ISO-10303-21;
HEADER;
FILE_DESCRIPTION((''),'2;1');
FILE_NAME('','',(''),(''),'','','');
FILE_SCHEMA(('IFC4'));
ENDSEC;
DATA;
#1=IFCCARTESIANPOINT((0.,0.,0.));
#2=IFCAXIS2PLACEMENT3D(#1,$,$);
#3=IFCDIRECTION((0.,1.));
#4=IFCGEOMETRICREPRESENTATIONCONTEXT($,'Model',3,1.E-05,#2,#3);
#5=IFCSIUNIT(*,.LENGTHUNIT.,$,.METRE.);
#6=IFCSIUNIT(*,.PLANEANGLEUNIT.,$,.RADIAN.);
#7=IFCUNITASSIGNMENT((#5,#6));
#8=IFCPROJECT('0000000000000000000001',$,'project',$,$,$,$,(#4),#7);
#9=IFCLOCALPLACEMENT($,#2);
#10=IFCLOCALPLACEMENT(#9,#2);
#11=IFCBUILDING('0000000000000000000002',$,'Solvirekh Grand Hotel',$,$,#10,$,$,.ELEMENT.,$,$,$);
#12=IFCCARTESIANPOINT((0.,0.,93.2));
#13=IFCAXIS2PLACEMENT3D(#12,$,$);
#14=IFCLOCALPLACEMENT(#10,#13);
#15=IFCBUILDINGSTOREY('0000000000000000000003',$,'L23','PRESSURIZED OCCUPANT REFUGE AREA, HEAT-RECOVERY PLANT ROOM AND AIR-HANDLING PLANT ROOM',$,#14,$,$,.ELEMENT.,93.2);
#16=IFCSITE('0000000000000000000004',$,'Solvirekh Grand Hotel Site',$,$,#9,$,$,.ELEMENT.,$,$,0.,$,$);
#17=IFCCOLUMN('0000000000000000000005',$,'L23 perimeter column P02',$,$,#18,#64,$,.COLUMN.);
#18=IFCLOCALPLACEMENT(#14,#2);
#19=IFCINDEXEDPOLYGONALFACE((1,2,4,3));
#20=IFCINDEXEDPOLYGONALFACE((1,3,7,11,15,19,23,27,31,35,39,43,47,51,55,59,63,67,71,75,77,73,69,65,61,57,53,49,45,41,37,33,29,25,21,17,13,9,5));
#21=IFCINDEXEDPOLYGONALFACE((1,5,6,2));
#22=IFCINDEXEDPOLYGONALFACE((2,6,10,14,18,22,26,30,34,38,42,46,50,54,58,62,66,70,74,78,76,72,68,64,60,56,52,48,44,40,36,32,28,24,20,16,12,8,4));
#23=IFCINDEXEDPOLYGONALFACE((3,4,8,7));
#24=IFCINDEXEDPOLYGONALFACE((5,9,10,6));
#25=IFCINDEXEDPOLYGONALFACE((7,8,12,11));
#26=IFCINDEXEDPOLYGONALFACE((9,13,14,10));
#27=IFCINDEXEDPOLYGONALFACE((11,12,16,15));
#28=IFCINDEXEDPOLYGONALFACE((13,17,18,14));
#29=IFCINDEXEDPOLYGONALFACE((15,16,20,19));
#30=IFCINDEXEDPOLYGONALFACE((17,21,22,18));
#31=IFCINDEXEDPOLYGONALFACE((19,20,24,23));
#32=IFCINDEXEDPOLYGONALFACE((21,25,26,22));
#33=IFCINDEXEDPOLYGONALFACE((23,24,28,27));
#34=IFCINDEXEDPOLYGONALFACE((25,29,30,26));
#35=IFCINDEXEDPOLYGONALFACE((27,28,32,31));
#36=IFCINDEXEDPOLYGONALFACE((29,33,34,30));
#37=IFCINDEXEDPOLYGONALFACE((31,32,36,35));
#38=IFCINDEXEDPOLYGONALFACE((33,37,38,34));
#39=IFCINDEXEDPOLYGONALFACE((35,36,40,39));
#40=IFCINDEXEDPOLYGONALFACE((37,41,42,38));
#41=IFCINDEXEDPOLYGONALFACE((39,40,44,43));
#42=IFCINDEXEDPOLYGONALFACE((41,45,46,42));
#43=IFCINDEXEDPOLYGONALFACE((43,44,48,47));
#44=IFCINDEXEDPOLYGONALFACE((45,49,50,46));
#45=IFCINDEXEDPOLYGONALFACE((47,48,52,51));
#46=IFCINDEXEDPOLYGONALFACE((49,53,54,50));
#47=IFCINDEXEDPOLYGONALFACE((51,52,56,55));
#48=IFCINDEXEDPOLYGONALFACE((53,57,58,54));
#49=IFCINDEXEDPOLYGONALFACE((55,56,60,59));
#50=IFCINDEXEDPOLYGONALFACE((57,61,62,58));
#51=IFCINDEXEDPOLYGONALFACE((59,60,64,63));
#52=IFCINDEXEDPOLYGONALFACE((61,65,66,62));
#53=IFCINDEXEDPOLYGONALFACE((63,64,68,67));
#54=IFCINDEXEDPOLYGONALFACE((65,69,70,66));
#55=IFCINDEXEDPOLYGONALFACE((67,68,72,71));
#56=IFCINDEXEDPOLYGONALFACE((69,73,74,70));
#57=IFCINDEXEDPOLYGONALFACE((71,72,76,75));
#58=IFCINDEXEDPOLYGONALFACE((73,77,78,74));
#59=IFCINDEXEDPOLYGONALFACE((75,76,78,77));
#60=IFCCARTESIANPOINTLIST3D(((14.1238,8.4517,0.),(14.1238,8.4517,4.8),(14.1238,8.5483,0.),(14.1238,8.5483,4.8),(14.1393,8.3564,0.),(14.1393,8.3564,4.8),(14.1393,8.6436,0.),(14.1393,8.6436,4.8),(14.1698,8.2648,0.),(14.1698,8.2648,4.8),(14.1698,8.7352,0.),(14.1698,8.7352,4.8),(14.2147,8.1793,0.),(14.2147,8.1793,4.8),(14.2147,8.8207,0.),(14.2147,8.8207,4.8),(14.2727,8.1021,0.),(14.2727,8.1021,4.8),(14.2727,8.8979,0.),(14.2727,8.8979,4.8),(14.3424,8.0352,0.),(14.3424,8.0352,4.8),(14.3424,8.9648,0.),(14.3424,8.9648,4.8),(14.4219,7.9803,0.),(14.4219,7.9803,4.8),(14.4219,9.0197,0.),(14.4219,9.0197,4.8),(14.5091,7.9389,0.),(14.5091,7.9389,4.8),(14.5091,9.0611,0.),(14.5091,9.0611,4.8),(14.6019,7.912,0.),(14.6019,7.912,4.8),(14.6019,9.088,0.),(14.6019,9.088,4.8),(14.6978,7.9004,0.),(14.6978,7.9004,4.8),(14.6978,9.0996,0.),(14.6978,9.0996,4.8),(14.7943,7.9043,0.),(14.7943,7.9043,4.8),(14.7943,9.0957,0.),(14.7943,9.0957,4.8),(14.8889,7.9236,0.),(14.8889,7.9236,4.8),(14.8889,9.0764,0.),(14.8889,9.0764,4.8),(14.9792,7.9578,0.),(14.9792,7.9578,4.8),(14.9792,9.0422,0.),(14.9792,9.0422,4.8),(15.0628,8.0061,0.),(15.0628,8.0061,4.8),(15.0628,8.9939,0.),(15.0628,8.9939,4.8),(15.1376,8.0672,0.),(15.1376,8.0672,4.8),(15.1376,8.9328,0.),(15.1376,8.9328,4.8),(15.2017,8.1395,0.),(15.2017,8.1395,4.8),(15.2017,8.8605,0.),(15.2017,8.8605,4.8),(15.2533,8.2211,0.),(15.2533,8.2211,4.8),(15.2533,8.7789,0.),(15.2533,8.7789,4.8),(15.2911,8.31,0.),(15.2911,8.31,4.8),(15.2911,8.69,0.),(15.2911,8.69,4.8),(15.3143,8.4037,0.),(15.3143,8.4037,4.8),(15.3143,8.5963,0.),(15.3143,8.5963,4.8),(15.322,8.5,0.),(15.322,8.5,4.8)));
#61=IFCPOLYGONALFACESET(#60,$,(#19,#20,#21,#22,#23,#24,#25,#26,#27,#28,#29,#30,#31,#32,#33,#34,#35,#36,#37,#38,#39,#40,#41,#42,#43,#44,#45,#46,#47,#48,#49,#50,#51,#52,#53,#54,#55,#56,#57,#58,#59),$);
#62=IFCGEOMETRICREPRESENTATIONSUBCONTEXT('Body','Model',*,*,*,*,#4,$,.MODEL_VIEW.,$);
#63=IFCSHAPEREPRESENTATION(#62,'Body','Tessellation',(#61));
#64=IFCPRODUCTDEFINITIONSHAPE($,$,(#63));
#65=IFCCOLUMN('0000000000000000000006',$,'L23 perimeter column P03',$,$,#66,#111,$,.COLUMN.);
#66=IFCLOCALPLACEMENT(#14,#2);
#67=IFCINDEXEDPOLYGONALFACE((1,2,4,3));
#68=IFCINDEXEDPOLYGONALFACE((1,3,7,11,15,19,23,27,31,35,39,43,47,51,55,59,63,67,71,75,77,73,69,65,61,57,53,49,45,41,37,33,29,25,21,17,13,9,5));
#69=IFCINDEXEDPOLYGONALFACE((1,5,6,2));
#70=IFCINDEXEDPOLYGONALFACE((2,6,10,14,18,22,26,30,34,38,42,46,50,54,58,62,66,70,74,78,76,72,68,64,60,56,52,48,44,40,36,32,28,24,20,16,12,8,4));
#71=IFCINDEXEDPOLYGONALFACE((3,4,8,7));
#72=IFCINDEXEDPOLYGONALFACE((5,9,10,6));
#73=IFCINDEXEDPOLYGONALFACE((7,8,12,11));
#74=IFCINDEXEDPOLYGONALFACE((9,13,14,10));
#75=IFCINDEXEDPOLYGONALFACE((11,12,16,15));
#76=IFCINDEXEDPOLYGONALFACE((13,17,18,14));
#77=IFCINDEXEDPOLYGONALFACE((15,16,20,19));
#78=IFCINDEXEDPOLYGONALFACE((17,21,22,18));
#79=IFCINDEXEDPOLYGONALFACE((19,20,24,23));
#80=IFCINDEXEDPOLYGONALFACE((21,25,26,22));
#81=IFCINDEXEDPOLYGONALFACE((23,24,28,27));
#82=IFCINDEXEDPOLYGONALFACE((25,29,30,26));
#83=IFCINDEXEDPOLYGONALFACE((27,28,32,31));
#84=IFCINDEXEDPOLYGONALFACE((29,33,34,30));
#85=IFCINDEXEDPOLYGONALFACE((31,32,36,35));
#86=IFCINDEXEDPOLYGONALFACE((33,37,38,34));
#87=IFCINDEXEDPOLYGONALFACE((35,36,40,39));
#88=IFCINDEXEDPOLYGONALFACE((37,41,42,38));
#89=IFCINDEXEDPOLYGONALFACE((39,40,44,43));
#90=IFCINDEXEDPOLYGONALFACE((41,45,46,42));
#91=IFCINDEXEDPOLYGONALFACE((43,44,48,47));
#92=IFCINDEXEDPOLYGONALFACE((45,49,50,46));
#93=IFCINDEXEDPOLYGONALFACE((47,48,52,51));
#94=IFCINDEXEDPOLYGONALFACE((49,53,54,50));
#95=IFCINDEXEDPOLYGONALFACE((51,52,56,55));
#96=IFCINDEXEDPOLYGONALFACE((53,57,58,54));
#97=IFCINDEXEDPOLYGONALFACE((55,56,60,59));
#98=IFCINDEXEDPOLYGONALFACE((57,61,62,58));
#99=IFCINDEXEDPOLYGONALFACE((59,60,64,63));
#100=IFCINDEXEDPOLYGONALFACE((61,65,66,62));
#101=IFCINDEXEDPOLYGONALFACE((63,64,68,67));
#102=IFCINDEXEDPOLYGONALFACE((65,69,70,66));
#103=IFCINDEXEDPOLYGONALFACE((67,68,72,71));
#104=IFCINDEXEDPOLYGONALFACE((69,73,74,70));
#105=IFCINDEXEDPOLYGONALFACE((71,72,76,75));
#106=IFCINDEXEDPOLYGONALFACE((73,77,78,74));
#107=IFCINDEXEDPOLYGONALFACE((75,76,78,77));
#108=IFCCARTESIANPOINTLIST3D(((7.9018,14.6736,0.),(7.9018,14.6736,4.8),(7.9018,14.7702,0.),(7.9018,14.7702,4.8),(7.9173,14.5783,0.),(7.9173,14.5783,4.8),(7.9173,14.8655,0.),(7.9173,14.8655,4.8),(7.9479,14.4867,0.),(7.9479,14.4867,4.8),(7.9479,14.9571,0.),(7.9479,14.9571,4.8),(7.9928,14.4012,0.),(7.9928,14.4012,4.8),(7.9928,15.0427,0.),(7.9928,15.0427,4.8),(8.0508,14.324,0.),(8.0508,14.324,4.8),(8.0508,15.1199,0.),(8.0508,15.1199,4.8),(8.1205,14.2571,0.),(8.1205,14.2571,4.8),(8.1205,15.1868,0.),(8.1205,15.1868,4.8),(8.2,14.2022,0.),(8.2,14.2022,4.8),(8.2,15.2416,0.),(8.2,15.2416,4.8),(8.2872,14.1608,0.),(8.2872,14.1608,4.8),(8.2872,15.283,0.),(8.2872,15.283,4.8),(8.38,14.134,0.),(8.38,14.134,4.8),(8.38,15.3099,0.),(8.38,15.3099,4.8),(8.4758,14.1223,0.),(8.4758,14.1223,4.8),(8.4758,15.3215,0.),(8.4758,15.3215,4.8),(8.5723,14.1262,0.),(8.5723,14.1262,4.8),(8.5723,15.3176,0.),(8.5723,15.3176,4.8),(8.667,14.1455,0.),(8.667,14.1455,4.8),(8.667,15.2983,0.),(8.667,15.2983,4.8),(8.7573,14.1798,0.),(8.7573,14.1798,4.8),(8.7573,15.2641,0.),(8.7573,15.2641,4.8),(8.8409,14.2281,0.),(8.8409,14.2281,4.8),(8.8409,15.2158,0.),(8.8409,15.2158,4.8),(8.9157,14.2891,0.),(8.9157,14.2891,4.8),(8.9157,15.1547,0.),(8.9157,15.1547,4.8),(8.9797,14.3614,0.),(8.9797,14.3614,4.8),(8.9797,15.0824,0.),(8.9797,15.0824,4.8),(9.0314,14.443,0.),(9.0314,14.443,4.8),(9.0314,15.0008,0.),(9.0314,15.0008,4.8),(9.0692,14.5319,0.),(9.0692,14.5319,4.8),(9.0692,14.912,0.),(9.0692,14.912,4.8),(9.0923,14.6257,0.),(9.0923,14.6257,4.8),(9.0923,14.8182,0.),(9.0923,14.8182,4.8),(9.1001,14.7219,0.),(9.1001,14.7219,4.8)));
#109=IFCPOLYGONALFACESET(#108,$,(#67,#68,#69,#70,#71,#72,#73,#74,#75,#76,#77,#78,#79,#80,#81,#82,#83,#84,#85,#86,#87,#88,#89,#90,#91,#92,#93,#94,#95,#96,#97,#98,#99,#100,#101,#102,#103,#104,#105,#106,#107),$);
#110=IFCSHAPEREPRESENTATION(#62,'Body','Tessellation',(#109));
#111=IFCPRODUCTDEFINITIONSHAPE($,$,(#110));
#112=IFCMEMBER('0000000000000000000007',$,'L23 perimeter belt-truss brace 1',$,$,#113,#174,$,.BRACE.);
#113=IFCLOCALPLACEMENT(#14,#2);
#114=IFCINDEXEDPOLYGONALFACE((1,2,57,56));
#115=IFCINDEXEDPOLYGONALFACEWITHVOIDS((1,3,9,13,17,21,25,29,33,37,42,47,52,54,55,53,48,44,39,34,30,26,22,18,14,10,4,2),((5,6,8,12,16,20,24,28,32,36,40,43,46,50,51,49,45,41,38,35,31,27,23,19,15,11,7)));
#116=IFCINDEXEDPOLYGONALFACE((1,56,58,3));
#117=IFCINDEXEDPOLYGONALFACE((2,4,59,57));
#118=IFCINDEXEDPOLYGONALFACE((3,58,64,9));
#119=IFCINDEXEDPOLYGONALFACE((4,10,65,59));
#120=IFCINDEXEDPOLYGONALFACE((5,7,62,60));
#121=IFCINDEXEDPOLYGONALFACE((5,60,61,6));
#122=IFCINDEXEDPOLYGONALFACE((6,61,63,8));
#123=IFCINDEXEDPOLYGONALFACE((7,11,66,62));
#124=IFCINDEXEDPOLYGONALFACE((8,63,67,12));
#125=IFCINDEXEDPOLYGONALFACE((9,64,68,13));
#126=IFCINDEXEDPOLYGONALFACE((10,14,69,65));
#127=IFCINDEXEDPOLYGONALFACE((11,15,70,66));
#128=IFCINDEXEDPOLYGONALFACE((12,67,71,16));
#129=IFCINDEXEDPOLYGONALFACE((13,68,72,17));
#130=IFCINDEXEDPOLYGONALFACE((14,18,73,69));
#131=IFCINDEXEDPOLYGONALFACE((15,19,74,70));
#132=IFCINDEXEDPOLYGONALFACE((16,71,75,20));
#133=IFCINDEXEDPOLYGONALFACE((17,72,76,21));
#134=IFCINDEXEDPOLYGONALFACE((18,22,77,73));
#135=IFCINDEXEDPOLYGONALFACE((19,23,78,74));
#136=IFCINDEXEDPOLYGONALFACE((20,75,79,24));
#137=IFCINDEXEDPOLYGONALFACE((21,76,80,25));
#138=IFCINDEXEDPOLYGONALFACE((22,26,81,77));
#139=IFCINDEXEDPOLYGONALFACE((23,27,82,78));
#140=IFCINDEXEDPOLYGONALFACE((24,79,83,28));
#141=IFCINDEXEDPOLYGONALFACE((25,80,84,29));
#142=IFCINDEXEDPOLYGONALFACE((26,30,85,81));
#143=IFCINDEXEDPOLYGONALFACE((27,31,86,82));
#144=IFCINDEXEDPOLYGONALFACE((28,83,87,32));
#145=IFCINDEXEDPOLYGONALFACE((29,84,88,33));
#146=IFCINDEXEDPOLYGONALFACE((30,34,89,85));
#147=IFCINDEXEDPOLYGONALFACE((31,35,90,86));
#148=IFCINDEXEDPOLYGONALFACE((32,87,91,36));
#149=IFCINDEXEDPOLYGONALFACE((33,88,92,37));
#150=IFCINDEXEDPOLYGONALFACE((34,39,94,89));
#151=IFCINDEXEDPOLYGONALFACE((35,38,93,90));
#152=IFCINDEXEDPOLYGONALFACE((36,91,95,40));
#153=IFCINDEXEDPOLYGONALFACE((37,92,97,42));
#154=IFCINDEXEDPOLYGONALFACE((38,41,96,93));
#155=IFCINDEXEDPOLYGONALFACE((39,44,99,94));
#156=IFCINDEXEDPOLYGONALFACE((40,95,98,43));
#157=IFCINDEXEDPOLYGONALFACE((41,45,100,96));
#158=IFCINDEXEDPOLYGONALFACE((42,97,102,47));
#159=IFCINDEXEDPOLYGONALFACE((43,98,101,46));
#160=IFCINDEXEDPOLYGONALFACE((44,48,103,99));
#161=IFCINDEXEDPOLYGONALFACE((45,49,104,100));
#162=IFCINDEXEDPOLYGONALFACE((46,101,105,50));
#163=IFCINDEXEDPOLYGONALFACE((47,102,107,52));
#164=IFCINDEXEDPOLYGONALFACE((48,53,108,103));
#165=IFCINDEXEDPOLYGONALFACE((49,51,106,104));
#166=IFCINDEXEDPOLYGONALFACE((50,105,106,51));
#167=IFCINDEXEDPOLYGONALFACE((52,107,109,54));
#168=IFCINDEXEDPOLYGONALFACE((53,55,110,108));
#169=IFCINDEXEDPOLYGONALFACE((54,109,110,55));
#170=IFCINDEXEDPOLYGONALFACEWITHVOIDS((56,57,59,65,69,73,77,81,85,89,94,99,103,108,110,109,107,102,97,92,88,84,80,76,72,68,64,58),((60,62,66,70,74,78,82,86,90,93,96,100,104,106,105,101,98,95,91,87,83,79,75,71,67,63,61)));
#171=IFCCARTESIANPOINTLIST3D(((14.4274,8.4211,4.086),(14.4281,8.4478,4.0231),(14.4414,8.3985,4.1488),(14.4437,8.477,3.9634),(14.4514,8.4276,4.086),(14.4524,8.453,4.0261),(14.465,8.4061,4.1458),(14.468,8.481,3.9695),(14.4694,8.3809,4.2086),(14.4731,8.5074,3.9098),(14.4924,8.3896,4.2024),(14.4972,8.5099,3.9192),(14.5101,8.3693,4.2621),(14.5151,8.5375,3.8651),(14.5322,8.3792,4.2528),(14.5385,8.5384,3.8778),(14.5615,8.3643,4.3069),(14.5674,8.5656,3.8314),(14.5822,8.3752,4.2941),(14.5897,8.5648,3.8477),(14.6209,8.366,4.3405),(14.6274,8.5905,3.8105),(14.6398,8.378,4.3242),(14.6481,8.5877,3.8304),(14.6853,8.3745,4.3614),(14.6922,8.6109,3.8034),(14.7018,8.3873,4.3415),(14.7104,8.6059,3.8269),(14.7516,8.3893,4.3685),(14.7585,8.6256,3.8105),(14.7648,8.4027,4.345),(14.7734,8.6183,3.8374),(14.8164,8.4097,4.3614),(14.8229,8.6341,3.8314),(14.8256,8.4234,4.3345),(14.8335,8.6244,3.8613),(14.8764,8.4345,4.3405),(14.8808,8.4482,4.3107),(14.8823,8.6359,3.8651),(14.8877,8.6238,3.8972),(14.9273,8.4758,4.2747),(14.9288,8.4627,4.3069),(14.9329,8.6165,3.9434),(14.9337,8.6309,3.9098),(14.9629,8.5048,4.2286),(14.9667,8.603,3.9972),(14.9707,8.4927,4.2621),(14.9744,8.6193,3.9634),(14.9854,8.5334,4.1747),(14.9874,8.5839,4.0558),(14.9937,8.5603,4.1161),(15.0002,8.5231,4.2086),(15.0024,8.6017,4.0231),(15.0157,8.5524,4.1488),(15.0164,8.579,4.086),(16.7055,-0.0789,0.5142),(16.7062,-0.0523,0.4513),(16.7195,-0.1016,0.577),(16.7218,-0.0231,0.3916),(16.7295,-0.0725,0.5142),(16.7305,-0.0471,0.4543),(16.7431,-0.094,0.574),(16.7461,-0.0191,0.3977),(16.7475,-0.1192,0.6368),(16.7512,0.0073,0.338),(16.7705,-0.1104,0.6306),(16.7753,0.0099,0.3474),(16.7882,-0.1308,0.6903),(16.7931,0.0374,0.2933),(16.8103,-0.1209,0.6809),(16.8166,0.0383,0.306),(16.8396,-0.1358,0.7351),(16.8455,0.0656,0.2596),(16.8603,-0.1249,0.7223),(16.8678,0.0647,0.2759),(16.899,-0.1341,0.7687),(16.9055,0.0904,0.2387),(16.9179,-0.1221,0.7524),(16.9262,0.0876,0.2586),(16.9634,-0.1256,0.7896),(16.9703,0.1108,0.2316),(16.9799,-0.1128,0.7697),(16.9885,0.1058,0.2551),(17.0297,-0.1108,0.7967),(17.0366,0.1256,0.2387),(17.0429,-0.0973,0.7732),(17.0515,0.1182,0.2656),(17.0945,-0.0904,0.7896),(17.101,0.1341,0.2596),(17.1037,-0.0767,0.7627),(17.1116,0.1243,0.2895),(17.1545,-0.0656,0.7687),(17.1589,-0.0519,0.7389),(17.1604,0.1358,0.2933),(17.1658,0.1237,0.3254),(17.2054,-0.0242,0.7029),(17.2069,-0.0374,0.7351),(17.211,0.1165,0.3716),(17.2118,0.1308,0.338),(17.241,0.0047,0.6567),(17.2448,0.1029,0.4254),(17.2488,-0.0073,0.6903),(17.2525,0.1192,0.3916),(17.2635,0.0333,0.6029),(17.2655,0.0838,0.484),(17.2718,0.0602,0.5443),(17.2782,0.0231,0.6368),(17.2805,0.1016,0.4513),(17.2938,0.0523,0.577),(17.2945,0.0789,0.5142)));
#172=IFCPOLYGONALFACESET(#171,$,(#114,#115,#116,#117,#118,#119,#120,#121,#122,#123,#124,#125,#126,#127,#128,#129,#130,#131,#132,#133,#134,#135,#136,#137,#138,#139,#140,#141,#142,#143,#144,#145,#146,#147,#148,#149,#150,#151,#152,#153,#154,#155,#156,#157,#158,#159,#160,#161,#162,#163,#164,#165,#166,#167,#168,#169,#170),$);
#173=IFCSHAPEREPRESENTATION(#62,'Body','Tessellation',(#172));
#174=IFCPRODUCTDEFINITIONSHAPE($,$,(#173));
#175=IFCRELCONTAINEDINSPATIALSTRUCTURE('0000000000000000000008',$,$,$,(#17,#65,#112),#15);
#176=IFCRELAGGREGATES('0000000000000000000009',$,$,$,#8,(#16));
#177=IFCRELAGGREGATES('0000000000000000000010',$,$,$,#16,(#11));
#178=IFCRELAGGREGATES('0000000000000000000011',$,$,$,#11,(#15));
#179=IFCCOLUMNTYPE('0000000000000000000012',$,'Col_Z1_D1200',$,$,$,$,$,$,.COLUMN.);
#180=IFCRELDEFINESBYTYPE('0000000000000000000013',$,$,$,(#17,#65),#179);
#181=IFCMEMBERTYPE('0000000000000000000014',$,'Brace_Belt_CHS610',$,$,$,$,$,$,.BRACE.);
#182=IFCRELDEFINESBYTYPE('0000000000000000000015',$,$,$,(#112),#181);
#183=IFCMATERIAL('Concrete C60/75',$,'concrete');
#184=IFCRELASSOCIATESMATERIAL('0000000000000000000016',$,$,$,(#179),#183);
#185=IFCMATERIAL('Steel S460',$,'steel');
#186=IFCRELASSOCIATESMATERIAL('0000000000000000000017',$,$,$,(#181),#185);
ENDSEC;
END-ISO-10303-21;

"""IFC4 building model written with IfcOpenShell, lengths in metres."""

from ifc_helpers import new_model, si_unit, direction, frame, origin, origin_2d, place, context, subcontext, project, spatial, circle, hollow_circle, extrude, material, material_profile, profile_set, type_object, element, save


model = new_model("IFC4")

# Units and contexts
model_context = context("Model", 3, precision=1e-05, world=origin(), true_north=direction((0.0, 1.0)))
body_context = subcontext(model_context, "Body", "Model", "MODEL_VIEW")
ifc_project = project(units=[si_unit("LENGTHUNIT", "METRE"), si_unit("PLANEANGLEUNIT", "RADIAN")], contexts=[model_context])

# Site, building, storey
site_placement = place(None, origin())
site = spatial("IfcSite", under=ifc_project, at=site_placement, Name="Solvirekh Grand Hotel Site", CompositionType="ELEMENT", RefElevation=0.0)
building_placement = place(site_placement, origin())
building = spatial("IfcBuilding", under=site, at=building_placement, Name="Solvirekh Grand Hotel", CompositionType="ELEMENT")
storey_placement = place(building_placement, frame((0.0, 0.0, 93.2)))
storey = spatial("IfcBuildingStorey", under=building, at=storey_placement, Name="L23", Description="PRESSURIZED OCCUPANT REFUGE AREA, HEAT-RECOVERY PLANT ROOM AND AIR-HANDLING PLANT ROOM", CompositionType="ELEMENT", Elevation=93.2)

# Columns
ifc_material_1 = material(Name="Concrete C60/75", Category="concrete")
ifc_material_profile_1 = material_profile(ifc_material_1, circle(Radius=0.6001, at=origin_2d()), Name="RC CIRC D1200")
ifc_profile_set_1 = profile_set([ifc_material_profile_1], Name="Concrete C60/75")
column_type = type_object("IfcColumnType", Name="Col_Z1_D1200", PredefinedType="COLUMN", material=ifc_profile_set_1)
for number, where, z_axis, x_axis, name in (
    (1, (14.7219, 8.5, 0.0), (0.0, 0.0, 1.0), (1.0, 0.0, 0.0), "L23 perimeter column P02"),
    (2, (8.5, 14.7219, 0.0), (0.0, 0.0, 1.0), (1.0, 0.0, 0.0), "L23 perimeter column P03"),
):
    element("IfcColumn", number, at=place(storey_placement, frame(where, z_axis=z_axis, x_axis=x_axis)), inside=storey, type_object=column_type, Name=name, PredefinedType="COLUMN", context=body_context, shape_type="SweptSolid", body=[
        extrude(circle(Radius=0.6001, at=origin_2d()), origin(), (0.0, 0.0, 1.0), 4.8),
    ])

# Member
ifc_material_2 = material(Name="Steel S460", Category="steel")
ifc_material_profile_2 = material_profile(ifc_material_2, hollow_circle(Radius=0.3049, WallThickness=0.0249, at=origin_2d()), Name="CHS 610X25")
ifc_profile_set_2 = profile_set([ifc_material_profile_2], Name="Steel S460")
member_type = type_object("IfcMemberType", Name="Brace_Belt_CHS610", PredefinedType="BRACE", material=ifc_profile_set_2)
member_1_placement = place(storey_placement, frame((17.0, 0.0, 0.5142), z_axis=(-0.239868, 0.894999, 0.376087), x_axis=(-0.965911, -0.258873, 0.0)))
element("IfcMember", 3, at=member_1_placement, inside=storey, type_object=member_type, Name="L23 perimeter belt-truss brace 1", PredefinedType="BRACE", context=body_context, shape_type="SweptSolid", body=[
    extrude(hollow_circle(Radius=0.3049, WallThickness=0.0249, at=origin_2d()), origin(), (0.0, 0.0, 1.0), 9.4973),
])

save(model, "model.ifc")
